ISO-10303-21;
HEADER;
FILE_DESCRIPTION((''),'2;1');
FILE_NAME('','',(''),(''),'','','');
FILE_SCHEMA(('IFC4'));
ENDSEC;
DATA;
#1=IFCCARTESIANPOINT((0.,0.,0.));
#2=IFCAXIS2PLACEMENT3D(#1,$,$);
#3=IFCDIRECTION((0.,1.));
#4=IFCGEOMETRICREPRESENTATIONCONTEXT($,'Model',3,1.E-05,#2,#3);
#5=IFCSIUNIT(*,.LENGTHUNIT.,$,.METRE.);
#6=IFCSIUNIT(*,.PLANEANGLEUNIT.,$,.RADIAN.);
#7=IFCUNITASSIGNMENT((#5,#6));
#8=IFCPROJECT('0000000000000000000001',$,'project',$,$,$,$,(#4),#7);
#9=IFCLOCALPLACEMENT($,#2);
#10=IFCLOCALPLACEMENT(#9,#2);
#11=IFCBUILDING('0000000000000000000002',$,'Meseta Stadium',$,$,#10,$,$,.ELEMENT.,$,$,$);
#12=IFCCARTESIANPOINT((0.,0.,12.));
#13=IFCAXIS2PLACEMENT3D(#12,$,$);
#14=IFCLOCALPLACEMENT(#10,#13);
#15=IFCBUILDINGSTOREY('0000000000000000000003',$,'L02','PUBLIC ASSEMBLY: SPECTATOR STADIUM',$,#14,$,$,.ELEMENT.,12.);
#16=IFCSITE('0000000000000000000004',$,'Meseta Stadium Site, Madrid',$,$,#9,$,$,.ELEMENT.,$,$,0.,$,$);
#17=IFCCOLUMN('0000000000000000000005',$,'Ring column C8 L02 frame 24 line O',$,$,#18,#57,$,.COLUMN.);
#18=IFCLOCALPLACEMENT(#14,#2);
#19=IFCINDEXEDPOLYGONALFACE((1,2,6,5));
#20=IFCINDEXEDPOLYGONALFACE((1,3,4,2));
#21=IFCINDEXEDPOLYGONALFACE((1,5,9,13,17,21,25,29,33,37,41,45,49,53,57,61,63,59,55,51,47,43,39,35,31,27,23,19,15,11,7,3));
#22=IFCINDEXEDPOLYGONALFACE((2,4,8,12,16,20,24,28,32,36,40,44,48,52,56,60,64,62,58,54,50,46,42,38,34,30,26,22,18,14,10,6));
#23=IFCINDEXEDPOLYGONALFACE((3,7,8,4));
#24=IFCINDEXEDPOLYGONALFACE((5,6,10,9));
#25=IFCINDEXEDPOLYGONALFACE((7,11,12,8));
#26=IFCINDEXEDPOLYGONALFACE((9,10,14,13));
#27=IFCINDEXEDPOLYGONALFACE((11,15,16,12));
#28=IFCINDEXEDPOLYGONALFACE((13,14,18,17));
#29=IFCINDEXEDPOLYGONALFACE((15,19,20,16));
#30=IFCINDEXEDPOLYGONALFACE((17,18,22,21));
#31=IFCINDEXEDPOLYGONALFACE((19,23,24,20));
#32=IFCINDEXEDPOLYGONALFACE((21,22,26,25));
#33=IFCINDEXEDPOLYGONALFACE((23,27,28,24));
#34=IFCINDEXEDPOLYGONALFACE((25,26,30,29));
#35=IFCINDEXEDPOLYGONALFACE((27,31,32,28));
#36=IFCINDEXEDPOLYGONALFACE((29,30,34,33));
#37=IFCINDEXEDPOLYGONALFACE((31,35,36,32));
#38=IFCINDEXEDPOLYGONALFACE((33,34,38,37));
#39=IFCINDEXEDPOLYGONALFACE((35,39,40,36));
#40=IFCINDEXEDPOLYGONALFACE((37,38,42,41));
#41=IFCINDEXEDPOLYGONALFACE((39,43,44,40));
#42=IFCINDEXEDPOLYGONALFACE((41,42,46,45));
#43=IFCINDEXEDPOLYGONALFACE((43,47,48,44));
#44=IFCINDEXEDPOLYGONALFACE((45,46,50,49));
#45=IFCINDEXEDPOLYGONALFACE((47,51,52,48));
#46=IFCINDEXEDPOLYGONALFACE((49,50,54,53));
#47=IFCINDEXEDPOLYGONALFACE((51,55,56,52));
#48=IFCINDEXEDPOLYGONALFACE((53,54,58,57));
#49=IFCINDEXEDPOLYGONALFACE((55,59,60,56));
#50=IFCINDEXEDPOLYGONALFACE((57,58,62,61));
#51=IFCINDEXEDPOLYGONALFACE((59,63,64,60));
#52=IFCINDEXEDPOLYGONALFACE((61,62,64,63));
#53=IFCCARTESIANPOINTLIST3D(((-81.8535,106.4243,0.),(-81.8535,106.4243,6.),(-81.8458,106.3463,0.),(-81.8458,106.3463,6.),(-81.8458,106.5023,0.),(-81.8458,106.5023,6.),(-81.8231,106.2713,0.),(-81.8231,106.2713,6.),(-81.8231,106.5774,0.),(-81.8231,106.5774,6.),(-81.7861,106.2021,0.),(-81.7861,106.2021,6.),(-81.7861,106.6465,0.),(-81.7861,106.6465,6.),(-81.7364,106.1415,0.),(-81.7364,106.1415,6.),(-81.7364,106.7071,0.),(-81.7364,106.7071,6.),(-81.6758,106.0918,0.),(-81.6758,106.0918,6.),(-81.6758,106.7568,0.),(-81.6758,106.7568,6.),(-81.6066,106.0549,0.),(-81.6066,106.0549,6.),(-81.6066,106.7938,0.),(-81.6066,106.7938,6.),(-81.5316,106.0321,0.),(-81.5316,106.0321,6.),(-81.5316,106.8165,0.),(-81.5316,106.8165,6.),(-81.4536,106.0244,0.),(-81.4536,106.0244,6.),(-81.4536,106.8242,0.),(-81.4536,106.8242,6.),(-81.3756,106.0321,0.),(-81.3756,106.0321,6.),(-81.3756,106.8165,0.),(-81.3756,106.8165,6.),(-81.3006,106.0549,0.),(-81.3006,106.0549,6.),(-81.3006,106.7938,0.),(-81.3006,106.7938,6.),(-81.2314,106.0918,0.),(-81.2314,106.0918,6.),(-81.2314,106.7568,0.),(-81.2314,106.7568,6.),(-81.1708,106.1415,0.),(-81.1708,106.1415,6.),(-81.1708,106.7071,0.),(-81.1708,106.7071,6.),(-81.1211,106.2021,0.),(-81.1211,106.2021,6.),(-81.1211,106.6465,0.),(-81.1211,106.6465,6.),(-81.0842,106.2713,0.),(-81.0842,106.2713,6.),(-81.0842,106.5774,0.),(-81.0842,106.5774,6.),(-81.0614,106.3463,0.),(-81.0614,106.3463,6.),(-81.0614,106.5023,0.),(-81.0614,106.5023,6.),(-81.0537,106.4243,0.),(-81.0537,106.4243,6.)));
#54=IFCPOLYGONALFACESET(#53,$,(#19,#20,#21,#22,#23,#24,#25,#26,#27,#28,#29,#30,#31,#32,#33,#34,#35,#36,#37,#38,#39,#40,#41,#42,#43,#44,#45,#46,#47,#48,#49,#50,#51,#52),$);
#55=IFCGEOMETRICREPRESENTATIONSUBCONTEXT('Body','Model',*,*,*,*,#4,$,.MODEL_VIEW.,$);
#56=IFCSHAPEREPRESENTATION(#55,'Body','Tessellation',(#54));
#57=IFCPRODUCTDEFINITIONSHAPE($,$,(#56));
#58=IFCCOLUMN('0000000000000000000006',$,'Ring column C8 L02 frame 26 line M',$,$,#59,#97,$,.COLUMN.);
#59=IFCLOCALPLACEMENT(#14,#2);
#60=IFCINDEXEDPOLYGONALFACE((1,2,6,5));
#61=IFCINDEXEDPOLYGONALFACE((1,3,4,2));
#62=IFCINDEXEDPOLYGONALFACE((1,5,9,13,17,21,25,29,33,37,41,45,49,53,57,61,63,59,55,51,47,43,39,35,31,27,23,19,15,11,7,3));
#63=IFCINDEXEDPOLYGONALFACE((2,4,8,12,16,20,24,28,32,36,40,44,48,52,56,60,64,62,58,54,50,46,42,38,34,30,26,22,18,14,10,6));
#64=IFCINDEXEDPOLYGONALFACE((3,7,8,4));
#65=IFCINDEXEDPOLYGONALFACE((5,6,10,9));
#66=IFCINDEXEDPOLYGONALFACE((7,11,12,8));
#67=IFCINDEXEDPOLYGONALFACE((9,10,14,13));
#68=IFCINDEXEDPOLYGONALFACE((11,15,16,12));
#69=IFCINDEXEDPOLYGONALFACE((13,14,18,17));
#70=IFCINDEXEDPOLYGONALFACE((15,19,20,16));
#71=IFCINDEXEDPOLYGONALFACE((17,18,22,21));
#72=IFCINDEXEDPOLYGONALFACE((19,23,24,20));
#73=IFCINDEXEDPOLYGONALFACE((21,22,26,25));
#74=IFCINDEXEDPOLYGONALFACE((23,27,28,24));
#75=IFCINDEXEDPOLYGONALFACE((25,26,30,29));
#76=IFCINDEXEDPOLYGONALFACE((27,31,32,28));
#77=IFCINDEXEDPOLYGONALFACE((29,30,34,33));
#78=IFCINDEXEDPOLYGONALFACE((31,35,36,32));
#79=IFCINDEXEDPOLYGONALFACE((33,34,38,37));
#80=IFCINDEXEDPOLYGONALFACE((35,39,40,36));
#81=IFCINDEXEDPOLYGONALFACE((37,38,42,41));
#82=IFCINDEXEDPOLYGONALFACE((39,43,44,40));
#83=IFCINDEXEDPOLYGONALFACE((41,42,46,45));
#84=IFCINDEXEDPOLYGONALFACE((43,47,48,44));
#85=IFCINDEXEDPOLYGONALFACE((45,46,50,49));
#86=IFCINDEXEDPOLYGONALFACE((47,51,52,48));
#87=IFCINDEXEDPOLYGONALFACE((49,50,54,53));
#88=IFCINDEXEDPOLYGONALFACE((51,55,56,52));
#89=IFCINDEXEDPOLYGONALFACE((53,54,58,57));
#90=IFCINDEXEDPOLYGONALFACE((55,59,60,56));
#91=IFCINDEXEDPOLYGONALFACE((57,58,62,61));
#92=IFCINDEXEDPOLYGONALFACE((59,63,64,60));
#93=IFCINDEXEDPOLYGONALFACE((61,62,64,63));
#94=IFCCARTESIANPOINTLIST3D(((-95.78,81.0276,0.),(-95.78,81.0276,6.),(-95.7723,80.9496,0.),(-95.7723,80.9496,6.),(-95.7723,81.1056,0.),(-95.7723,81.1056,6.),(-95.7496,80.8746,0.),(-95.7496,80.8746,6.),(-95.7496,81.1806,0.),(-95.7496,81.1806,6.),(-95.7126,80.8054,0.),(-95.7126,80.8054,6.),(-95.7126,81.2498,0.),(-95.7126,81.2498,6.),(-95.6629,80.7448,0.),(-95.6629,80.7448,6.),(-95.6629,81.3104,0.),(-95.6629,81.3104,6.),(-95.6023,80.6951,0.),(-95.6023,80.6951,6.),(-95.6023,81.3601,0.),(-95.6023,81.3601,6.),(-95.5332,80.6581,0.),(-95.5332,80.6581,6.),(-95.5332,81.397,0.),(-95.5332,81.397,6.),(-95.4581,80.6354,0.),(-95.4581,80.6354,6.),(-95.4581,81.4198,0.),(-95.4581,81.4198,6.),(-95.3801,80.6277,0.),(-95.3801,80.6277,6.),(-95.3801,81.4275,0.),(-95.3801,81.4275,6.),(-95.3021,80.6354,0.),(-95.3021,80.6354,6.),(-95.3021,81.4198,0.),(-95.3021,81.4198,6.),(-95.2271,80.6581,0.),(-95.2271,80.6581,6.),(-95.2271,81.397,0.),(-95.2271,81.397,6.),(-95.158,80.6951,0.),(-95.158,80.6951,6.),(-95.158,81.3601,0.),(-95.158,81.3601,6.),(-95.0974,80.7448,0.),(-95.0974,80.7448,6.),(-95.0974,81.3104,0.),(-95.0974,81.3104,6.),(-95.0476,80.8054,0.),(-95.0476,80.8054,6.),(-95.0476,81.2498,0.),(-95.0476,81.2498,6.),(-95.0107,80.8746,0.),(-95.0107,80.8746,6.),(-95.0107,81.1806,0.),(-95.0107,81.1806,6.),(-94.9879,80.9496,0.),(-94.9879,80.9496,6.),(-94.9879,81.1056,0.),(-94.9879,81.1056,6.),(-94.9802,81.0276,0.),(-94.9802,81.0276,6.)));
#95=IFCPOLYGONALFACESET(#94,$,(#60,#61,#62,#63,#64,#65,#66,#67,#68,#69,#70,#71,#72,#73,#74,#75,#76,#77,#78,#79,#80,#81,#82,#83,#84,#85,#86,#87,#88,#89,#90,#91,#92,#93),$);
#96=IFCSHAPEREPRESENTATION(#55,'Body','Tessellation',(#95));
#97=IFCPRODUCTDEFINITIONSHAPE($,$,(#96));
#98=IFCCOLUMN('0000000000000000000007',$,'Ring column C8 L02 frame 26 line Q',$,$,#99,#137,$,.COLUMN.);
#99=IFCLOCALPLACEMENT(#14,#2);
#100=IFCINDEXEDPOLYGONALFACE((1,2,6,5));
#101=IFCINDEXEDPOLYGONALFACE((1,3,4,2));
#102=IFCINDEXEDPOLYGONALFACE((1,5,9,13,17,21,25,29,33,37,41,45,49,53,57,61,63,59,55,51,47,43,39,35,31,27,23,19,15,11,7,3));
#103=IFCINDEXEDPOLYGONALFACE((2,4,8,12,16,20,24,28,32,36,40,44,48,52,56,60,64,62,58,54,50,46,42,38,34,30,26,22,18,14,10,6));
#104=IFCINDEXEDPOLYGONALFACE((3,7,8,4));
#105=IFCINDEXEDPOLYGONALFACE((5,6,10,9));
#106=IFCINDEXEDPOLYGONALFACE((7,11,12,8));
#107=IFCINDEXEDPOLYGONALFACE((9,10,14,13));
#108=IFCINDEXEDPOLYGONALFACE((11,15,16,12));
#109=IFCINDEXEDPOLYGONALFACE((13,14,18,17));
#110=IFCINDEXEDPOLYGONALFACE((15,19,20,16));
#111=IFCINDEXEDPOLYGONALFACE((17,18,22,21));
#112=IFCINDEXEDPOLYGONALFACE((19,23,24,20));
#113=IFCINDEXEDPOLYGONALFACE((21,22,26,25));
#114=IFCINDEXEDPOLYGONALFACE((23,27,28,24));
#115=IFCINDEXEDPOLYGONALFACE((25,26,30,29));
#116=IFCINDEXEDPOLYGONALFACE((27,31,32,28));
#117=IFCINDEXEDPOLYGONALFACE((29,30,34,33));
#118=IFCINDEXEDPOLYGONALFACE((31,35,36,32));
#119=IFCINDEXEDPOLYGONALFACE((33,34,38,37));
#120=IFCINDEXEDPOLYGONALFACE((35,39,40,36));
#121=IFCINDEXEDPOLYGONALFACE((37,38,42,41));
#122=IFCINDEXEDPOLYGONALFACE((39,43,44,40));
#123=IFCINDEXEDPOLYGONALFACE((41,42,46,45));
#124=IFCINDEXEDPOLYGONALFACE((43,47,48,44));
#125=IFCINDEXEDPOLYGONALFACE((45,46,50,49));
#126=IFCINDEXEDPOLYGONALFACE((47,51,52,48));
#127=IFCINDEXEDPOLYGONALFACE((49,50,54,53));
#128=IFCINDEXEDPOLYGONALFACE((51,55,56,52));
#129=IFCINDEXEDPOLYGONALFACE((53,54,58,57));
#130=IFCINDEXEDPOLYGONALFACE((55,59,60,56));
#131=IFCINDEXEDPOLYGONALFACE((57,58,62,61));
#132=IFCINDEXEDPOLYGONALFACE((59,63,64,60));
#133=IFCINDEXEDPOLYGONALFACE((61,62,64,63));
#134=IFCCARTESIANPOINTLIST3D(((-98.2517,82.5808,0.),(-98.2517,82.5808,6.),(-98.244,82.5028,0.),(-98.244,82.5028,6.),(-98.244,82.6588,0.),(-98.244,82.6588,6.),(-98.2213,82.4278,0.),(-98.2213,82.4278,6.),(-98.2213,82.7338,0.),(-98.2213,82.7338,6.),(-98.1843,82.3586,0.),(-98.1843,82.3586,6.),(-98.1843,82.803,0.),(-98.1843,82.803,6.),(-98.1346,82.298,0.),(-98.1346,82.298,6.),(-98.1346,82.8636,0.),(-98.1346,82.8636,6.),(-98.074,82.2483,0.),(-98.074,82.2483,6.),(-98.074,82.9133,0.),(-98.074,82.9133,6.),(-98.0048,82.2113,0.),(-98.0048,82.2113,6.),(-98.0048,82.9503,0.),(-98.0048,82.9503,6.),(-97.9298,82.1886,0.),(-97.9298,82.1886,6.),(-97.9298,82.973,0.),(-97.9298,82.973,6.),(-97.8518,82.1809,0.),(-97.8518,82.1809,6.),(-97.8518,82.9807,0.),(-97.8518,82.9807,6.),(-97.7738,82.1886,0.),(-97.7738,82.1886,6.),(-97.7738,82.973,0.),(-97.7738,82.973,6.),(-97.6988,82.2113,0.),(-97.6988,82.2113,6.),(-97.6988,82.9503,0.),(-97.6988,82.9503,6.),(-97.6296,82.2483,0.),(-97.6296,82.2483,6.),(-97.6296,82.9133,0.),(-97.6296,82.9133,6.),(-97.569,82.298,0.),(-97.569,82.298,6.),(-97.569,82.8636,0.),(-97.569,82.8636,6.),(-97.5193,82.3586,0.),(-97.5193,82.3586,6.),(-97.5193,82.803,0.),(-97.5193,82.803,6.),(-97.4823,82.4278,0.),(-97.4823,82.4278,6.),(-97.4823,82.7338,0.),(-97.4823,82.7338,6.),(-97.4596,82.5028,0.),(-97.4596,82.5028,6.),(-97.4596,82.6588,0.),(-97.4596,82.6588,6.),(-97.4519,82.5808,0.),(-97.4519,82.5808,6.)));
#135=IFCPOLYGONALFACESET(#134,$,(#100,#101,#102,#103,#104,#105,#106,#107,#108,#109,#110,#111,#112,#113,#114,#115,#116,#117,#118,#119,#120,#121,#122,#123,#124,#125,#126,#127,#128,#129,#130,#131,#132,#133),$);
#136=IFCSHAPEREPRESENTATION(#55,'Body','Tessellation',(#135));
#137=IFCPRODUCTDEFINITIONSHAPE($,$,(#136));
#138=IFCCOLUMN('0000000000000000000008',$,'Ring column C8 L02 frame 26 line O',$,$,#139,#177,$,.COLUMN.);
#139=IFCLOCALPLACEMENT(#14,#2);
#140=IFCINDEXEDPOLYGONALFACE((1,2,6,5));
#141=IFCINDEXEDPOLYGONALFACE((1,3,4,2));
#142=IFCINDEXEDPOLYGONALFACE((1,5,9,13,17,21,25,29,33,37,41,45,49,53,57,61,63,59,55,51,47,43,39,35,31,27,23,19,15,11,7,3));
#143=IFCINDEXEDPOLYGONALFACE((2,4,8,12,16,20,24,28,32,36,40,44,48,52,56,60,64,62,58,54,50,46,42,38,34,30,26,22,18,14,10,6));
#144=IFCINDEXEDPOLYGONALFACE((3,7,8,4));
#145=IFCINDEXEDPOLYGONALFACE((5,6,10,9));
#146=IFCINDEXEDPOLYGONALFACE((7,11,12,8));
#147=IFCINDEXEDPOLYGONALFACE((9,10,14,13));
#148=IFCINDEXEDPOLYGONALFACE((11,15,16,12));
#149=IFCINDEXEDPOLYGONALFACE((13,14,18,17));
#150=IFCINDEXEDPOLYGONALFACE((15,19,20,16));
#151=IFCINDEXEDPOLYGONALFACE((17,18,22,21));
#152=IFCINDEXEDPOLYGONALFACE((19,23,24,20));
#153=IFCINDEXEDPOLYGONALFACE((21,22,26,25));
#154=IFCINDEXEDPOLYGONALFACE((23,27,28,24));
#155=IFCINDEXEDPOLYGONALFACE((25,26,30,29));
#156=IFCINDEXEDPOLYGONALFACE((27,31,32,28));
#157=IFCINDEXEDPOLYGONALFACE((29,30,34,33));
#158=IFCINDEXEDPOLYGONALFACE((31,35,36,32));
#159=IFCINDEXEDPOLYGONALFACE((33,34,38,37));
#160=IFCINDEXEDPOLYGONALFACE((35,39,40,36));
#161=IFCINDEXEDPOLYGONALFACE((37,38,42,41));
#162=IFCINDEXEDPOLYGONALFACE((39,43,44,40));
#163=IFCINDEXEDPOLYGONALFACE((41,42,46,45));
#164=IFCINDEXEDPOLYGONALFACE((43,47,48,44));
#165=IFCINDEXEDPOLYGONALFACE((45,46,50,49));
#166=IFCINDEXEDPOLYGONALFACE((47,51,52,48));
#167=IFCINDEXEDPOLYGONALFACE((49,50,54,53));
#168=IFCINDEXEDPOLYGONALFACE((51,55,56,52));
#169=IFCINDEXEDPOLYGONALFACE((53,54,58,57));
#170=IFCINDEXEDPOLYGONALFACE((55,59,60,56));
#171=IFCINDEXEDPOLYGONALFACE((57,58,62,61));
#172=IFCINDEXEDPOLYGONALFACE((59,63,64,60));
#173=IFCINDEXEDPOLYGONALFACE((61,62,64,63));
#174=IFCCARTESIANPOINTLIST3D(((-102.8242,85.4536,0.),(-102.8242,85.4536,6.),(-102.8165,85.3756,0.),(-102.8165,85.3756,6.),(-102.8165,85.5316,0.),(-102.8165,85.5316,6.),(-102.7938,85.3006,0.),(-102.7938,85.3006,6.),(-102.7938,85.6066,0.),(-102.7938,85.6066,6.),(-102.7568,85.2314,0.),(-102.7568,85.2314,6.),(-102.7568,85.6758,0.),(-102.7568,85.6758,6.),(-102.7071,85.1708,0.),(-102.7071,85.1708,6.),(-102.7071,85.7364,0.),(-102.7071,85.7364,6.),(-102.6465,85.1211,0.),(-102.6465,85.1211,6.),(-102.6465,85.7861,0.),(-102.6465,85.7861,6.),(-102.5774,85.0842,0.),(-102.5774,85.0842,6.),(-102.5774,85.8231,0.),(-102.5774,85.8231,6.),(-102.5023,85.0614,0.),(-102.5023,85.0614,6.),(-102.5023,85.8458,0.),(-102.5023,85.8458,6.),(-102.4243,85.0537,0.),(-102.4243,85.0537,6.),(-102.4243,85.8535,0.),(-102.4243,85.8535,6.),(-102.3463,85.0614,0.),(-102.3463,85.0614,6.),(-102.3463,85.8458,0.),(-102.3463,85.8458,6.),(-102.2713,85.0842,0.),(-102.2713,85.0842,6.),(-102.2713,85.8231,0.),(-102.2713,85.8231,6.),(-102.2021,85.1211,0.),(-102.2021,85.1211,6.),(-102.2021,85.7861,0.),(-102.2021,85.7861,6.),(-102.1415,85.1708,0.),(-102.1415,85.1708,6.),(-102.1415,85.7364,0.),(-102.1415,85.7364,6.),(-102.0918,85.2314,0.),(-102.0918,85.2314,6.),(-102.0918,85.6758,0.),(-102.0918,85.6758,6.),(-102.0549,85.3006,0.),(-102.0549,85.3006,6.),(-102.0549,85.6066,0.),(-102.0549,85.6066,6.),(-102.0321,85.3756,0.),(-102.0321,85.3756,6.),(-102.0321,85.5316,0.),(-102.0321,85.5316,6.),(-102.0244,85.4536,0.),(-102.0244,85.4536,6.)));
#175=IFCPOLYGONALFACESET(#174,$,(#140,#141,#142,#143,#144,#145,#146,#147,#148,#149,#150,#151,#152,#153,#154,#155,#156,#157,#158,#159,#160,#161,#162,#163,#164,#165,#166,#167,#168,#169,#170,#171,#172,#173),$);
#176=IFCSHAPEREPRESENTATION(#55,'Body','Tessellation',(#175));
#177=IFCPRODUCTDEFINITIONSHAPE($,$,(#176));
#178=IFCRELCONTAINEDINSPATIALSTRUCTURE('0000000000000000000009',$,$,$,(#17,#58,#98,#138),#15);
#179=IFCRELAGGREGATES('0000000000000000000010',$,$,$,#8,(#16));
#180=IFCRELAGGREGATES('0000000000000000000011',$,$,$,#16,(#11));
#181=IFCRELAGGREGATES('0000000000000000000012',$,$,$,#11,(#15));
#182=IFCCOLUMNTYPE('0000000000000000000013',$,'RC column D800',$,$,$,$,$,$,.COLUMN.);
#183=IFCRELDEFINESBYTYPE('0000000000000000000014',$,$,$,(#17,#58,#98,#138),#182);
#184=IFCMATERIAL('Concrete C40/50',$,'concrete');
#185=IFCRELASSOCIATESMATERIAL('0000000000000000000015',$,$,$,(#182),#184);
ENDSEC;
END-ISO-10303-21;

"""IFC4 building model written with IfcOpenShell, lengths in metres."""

from ifc_helpers import new_model, si_unit, direction, frame, origin, origin_2d, place, context, subcontext, project, spatial, circle, extrude, material, material_profile, profile_set, type_object, element, save


model = new_model("IFC4")

# Units and contexts
model_context = context("Model", 3, precision=1e-05, world=origin(), true_north=direction((0.0, 1.0)))
body_context = subcontext(model_context, "Body", "Model", "MODEL_VIEW")
ifc_project = project(units=[si_unit("LENGTHUNIT", "METRE"), si_unit("PLANEANGLEUNIT", "RADIAN")], contexts=[model_context])

# Site, building, storey
site_placement = place(None, origin())
site = spatial("IfcSite", under=ifc_project, at=site_placement, Name="Meseta Stadium Site, Madrid", CompositionType="ELEMENT", RefElevation=0.0)
building_placement = place(site_placement, origin())
building = spatial("IfcBuilding", under=site, at=building_placement, Name="Meseta Stadium", CompositionType="ELEMENT")
storey_placement = place(building_placement, frame((0.0, 0.0, 12.0)))
storey = spatial("IfcBuildingStorey", under=building, at=storey_placement, Name="L02", Description="PUBLIC ASSEMBLY: SPECTATOR STADIUM", CompositionType="ELEMENT", Elevation=12.0)

# Columns
ifc_material_1 = material(Name="Concrete C40/50", Category="concrete")
ifc_material_profile_1 = material_profile(ifc_material_1, circle(Radius=0.3999, at=origin_2d()), Name="RC D800")
ifc_profile_set_1 = profile_set([ifc_material_profile_1], Name="Concrete C40/50")
column_type_1 = type_object("IfcColumnType", Name="RC column D800", PredefinedType="COLUMN", material=ifc_profile_set_1)
for number, where, z_axis, x_axis, name in (
    (1, (-81.4536, 106.4243, 0.0), (0.0, 0.0, 1.0), (1.0, 0.0, 0.0), "Ring column C8 L02 frame 24 line O"),
    (2, (-95.3801, 81.0276, 0.0), (0.0, 0.0, 1.0), (1.0, 0.0, 0.0), "Ring column C8 L02 frame 26 line M"),
    (3, (-97.8518, 82.5808, 0.0), (0.0, 0.0, 1.0), (1.0, 0.0, 0.0), "Ring column C8 L02 frame 26 line Q"),
    (4, (-102.4243, 85.4536, 0.0), (0.0, 0.0, 1.0), (1.0, 0.0, 0.0), "Ring column C8 L02 frame 26 line O"),
):
    element("IfcColumn", number, at=place(storey_placement, frame(where, z_axis=z_axis, x_axis=x_axis)), inside=storey, type_object=column_type_1, Name=name, PredefinedType="COLUMN", context=body_context, shape_type="SweptSolid", body=[
        extrude(circle(Radius=0.3999, at=origin_2d()), origin(), (0.0, 0.0, 1.0), 6.0),
    ])

save(model, "model.ifc")
